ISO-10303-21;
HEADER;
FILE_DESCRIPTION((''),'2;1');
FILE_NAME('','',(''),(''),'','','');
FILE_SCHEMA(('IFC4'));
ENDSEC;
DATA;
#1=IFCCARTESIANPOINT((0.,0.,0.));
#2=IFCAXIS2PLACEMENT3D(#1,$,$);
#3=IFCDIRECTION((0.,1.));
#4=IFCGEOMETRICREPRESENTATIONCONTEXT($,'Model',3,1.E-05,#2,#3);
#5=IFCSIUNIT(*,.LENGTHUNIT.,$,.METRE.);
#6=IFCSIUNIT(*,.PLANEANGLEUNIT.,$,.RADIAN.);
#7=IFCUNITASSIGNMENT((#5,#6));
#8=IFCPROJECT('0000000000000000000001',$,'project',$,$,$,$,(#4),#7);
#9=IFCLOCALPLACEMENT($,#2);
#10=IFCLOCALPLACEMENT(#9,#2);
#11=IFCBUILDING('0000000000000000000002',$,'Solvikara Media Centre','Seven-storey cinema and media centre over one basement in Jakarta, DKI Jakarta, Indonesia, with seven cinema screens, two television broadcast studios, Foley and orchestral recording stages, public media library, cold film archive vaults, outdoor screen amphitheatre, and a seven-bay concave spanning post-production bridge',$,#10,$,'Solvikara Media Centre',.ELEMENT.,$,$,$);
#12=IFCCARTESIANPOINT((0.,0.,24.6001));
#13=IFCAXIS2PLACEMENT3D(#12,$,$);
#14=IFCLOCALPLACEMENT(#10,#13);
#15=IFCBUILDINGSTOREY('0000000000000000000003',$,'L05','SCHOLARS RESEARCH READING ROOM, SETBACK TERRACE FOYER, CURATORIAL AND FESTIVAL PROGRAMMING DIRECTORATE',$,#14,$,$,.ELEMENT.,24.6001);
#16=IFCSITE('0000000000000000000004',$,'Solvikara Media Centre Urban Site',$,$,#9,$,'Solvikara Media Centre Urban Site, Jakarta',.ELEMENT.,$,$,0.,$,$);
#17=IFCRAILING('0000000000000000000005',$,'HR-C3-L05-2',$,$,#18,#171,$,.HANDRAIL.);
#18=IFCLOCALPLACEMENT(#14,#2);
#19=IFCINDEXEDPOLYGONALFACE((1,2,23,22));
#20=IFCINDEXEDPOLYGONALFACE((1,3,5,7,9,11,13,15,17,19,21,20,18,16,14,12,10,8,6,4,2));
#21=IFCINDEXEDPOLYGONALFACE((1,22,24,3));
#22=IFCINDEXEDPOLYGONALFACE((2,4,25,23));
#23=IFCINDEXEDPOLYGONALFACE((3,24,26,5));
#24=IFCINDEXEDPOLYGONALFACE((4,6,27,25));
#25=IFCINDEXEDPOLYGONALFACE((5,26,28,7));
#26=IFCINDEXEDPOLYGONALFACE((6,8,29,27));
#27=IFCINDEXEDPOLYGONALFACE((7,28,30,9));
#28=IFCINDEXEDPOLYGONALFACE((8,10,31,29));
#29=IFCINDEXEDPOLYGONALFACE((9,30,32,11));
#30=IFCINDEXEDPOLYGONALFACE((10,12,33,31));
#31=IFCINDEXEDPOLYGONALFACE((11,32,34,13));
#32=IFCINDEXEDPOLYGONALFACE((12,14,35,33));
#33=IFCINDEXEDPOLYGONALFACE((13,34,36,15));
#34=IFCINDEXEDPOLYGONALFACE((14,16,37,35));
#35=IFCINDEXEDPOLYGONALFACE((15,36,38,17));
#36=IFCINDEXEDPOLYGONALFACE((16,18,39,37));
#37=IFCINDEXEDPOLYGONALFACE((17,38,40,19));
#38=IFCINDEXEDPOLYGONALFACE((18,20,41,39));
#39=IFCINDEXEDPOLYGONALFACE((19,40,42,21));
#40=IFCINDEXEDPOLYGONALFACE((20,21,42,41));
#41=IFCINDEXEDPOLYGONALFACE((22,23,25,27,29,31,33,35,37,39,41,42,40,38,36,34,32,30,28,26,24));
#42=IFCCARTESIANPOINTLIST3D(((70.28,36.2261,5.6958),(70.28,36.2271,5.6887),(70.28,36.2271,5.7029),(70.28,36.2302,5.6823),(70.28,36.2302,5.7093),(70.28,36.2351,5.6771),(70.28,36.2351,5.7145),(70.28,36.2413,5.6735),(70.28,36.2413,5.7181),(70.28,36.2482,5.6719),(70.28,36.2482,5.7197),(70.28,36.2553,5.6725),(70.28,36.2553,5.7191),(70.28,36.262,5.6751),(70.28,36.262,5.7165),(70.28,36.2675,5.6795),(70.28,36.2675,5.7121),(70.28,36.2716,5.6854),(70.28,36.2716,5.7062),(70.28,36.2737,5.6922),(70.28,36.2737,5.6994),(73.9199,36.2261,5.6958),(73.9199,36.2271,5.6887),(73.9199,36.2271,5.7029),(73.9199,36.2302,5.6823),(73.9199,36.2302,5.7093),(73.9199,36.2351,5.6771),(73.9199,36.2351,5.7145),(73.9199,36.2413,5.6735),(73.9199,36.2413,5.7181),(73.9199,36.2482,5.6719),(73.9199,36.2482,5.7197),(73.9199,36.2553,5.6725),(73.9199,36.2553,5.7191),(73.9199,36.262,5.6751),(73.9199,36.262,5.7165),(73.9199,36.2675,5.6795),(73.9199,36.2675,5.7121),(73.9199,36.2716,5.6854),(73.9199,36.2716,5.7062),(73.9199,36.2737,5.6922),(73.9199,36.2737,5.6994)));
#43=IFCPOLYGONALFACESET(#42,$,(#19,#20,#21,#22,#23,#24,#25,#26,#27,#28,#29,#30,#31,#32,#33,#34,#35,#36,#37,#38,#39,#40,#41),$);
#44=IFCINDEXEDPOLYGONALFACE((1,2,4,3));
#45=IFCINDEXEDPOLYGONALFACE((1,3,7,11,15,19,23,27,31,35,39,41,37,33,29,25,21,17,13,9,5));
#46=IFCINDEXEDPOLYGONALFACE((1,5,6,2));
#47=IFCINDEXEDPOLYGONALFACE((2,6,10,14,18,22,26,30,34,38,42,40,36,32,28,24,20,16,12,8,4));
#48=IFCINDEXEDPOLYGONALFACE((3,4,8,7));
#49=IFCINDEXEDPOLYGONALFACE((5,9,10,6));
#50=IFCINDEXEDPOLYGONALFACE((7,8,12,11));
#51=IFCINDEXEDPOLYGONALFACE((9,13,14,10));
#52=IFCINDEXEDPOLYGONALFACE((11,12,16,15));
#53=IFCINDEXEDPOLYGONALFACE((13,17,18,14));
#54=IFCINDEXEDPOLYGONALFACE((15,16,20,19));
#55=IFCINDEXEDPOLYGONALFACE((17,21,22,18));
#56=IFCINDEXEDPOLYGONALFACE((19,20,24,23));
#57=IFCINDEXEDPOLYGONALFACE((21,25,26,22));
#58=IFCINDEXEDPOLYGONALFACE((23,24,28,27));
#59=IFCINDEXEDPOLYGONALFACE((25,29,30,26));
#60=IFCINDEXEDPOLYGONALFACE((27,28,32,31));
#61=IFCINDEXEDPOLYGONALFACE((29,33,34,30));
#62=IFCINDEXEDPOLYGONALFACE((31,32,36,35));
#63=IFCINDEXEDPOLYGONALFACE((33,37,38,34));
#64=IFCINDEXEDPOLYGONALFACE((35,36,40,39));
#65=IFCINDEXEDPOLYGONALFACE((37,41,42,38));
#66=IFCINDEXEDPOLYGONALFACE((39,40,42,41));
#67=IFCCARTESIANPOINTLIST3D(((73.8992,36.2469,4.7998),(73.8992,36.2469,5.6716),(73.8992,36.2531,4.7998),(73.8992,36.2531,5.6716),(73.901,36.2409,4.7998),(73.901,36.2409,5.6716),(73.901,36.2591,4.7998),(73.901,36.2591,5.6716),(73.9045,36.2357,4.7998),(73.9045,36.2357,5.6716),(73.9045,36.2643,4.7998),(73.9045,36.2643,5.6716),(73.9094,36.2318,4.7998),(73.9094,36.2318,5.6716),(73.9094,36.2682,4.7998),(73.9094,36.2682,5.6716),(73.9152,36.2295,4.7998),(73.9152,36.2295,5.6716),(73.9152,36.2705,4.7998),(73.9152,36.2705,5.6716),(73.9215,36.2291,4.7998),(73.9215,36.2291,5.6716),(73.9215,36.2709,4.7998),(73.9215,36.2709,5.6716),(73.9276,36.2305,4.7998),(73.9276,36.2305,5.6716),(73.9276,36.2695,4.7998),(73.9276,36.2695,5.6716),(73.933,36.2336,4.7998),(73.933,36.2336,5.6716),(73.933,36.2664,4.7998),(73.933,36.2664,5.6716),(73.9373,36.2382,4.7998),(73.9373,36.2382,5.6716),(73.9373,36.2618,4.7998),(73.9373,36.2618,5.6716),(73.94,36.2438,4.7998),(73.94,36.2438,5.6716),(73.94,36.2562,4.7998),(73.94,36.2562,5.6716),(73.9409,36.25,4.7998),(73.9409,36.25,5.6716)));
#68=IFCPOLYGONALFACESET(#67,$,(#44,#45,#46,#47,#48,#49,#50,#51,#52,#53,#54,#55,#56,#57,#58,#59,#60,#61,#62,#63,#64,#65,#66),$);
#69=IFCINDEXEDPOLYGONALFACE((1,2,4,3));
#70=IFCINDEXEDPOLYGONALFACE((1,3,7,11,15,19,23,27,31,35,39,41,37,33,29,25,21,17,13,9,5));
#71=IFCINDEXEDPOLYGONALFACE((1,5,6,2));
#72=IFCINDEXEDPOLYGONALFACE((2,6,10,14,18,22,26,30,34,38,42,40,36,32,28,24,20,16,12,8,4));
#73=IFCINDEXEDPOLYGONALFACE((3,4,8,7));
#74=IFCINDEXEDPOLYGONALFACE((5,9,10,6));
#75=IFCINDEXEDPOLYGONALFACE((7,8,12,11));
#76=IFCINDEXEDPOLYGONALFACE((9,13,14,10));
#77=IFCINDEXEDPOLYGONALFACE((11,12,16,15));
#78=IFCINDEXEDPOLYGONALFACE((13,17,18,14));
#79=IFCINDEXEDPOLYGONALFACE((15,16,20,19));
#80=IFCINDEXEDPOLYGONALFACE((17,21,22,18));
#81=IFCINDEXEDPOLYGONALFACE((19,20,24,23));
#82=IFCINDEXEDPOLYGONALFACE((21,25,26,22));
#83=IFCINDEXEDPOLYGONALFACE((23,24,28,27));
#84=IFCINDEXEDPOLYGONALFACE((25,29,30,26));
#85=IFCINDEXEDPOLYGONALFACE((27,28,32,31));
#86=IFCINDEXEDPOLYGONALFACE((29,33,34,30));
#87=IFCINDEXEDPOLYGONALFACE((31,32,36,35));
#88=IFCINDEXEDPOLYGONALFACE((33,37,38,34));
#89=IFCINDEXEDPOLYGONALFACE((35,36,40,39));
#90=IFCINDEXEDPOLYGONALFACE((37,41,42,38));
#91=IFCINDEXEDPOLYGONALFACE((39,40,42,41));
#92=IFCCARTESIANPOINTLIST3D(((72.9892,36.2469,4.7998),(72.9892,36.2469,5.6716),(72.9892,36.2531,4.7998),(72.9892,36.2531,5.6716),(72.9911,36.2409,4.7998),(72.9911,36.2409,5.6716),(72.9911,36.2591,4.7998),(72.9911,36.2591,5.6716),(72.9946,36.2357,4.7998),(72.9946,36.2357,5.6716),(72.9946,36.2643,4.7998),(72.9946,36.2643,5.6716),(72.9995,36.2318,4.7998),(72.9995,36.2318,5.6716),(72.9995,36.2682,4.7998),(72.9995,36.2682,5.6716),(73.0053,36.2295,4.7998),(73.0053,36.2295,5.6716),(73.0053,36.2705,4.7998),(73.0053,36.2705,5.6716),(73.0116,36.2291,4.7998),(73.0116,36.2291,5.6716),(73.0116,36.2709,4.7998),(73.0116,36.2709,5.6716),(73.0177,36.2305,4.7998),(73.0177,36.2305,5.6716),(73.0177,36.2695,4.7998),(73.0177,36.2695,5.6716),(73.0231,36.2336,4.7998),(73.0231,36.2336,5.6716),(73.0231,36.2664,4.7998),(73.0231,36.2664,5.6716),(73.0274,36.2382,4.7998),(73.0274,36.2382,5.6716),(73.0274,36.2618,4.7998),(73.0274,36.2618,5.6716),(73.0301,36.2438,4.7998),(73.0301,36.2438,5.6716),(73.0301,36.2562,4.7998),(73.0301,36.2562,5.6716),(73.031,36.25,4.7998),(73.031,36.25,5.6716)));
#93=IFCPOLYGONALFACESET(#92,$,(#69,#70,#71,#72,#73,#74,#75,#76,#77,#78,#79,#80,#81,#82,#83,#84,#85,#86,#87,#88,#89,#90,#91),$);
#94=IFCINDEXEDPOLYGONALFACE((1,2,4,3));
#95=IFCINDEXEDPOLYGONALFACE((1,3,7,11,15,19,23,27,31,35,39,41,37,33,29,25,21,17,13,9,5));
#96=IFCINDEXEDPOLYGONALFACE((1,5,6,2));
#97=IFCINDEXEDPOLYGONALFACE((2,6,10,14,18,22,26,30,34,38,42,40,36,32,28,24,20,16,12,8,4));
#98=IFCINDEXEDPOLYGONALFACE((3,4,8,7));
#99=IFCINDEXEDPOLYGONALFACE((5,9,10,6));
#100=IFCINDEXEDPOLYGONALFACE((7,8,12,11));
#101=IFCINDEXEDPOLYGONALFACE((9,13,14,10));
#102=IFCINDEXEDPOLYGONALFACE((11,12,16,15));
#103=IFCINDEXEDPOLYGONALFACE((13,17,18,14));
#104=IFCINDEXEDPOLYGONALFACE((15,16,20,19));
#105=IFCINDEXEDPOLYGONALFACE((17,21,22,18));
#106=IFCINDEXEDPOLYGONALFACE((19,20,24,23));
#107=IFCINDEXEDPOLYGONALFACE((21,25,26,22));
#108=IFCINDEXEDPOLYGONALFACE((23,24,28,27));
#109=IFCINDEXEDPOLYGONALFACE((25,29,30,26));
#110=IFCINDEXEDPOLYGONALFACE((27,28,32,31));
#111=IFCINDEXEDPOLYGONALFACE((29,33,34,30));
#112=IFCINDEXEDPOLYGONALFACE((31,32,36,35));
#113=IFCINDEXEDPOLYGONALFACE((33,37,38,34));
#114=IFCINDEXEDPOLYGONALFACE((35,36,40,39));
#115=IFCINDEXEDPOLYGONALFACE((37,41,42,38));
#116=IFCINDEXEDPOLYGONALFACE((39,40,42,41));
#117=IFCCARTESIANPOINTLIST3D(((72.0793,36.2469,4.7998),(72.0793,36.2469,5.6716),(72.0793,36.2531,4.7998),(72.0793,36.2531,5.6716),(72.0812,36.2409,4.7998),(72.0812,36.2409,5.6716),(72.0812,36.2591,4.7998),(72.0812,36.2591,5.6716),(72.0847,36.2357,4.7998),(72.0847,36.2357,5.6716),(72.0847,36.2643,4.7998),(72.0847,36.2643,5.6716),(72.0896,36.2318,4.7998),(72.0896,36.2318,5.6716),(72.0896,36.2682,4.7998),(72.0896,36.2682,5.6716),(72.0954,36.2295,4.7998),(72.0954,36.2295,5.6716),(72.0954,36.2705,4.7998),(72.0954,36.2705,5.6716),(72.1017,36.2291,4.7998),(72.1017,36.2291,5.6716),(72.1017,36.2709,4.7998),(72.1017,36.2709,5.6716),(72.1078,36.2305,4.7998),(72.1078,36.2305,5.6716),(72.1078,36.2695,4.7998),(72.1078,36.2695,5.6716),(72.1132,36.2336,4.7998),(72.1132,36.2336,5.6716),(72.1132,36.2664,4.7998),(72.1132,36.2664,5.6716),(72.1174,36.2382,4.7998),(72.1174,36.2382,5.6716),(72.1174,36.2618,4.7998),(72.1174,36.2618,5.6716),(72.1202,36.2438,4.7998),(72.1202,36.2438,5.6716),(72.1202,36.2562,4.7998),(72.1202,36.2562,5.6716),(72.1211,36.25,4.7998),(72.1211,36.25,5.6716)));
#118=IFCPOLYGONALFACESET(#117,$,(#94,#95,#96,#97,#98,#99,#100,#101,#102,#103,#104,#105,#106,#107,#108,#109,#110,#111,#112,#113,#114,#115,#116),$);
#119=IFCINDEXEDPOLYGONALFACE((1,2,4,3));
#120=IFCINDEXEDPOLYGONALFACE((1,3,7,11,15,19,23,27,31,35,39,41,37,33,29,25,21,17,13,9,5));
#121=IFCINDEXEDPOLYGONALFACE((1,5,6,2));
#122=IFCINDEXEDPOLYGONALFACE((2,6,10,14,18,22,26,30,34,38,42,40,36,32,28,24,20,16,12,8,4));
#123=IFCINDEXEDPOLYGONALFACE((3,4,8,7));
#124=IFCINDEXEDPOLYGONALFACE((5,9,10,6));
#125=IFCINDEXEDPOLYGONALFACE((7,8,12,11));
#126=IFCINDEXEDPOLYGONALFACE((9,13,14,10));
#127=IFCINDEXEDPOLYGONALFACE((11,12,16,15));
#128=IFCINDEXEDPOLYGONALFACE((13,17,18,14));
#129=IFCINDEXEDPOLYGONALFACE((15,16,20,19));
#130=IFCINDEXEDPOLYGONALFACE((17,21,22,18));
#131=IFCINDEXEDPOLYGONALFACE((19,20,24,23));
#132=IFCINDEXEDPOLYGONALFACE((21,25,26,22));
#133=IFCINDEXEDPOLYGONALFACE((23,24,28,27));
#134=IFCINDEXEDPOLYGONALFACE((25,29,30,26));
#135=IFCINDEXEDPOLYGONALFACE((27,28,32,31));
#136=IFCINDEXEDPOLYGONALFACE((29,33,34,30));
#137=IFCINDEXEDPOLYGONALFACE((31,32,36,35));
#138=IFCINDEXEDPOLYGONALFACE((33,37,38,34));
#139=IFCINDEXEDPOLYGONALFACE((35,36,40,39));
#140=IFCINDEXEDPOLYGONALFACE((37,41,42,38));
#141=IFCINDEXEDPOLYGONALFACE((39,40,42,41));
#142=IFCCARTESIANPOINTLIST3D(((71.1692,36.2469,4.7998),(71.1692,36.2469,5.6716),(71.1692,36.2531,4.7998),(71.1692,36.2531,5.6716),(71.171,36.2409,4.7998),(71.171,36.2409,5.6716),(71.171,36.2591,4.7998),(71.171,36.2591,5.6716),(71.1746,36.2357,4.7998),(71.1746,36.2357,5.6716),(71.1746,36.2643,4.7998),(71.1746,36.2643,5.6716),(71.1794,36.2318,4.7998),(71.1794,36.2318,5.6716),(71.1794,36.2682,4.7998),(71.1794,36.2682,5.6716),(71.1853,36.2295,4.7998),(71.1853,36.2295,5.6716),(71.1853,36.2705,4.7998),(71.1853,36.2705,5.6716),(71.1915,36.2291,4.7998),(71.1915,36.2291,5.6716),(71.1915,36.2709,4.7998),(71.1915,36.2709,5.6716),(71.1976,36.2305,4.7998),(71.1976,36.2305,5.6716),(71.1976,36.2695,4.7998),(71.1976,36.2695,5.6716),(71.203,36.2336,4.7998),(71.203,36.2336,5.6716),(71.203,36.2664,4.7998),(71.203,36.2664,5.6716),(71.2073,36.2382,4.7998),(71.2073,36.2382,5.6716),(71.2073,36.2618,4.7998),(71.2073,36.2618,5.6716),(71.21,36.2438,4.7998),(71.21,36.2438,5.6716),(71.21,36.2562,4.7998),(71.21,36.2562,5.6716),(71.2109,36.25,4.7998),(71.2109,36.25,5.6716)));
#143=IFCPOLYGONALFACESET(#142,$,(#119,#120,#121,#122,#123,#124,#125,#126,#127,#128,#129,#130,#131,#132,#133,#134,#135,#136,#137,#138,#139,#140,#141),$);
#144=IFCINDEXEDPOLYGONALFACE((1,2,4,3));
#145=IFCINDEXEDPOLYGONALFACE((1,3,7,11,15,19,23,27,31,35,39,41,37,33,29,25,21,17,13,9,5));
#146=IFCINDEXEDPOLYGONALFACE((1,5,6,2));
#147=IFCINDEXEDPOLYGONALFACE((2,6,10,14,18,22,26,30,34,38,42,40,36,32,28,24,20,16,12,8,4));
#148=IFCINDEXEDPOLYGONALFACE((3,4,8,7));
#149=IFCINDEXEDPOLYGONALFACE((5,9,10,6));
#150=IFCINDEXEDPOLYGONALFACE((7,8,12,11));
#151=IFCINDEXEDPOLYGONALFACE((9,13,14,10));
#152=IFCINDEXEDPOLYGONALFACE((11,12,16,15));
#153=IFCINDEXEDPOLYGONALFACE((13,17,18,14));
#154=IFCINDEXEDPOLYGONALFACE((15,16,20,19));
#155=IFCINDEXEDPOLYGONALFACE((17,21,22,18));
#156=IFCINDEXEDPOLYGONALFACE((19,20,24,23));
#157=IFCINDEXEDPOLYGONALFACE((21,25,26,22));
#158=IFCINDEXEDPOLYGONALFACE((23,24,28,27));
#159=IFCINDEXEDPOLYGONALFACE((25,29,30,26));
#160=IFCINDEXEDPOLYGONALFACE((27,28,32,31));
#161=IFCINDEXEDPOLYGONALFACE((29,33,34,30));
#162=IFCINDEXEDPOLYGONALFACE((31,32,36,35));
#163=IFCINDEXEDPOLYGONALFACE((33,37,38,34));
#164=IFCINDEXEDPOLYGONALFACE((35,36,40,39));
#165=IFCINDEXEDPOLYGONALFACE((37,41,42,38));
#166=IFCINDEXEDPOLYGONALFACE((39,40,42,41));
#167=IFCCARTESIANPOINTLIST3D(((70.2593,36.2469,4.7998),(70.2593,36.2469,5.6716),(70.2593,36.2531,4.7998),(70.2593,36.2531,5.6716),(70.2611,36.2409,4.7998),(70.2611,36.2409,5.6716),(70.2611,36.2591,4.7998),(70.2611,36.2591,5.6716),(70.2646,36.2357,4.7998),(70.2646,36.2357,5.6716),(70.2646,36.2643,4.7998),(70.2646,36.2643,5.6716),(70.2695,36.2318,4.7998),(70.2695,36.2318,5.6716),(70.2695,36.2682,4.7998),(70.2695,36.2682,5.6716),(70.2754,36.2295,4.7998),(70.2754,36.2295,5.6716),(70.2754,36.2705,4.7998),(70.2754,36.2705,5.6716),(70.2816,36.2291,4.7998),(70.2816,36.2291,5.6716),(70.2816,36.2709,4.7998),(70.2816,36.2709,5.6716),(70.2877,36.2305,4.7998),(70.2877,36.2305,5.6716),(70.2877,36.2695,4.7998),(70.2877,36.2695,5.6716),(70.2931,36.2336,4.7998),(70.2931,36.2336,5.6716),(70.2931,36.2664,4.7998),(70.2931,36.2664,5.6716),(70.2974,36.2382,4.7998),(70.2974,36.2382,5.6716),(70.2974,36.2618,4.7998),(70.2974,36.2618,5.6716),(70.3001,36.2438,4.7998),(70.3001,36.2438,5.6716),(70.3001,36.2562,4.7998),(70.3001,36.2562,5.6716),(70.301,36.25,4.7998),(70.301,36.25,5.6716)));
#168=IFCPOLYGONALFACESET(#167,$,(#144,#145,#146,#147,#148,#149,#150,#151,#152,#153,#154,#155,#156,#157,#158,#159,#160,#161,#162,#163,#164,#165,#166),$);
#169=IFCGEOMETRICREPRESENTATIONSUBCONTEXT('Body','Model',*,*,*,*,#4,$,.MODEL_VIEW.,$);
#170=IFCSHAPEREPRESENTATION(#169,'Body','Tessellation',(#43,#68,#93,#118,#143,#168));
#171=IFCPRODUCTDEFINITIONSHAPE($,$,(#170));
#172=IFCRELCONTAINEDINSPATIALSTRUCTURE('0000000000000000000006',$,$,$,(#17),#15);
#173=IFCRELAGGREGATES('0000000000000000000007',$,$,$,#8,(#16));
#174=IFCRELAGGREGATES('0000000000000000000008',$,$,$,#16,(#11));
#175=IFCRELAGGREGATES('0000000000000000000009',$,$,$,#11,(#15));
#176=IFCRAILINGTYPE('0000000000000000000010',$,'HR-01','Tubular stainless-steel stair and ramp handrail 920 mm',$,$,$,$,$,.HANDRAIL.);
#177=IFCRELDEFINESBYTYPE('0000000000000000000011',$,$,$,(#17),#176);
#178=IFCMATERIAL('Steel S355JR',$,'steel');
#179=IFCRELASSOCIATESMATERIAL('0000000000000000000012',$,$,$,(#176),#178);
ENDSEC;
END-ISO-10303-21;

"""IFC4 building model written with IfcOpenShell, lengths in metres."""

from ifc_helpers import new_model, si_unit, direction, frame, origin, origin_2d, place, context, subcontext, project, spatial, circle, extrude, material, type_object, element, save


model = new_model("IFC4")

# Units and contexts
model_context = context("Model", 3, precision=1e-05, world=origin(), true_north=direction((0.0, 1.0)))
body_context = subcontext(model_context, "Body", "Model", "MODEL_VIEW")
ifc_project = project(units=[si_unit("LENGTHUNIT", "METRE"), si_unit("PLANEANGLEUNIT", "RADIAN")], contexts=[model_context])

# Site, building, storey
site_placement = place(None, origin())
site = spatial("IfcSite", under=ifc_project, at=site_placement, Name="Solvikara Media Centre Urban Site", LongName="Solvikara Media Centre Urban Site, Jakarta", CompositionType="ELEMENT", RefElevation=0.0)
building_placement = place(site_placement, origin())
building = spatial("IfcBuilding", under=site, at=building_placement, Name="Solvikara Media Centre", Description="Seven-storey cinema and media centre over one basement in Jakarta, DKI Jakarta, Indonesia, with seven cinema screens, two television broadcast studios, Foley and orchestral recording stages, public media library, cold film archive vaults, outdoor screen amphitheatre, and a seven-bay concave spanning post-production bridge", LongName="Solvikara Media Centre", CompositionType="ELEMENT")
storey_placement = place(building_placement, frame((0.0, 0.0, 24.6001)))
storey = spatial("IfcBuildingStorey", under=building, at=storey_placement, Name="L05", Description="SCHOLARS RESEARCH READING ROOM, SETBACK TERRACE FOYER, CURATORIAL AND FESTIVAL PROGRAMMING DIRECTORATE", CompositionType="ELEMENT", Elevation=24.6001)

# Shared definitions
ifc_material_1 = material(Name="Steel S355JR", Category="steel")

# Railing
railing_type = type_object("IfcRailingType", Name="HR-01", Description="Tubular stainless-steel stair and ramp handrail 920 mm", PredefinedType="HANDRAIL", material=ifc_material_1)
railing_placement = place(storey_placement, frame((73.9199, 36.25, 4.7998)))
element("IfcRailing", 1, at=railing_placement, inside=storey, type_object=railing_type, Name="HR-C3-L05-2", PredefinedType="HANDRAIL", context=body_context, shape_type="SweptSolid", body=[
    extrude(circle(Radius=0.0239, at=origin_2d()), frame((0.0, 0.0, 0.896), z_axis=(-1.0, 0.0, 0.0), x_axis=(0.0, -1.0, 0.0)), (0.0, 0.0, 1.0), 3.6399),
    extrude(circle(Radius=0.021, at=origin_2d()), origin(), (0.0, 0.0, 1.0), 0.8718),
    extrude(circle(Radius=0.021, at=origin_2d()), frame((-0.9099, 0.0, 0.0)), (0.0, 0.0, 1.0), 0.8718),
    extrude(circle(Radius=0.021, at=origin_2d()), frame((-1.8198, 0.0, 0.0)), (0.0, 0.0, 1.0), 0.8718),
    extrude(circle(Radius=0.021, at=origin_2d()), frame((-2.73, 0.0, 0.0)), (0.0, 0.0, 1.0), 0.8718),
    extrude(circle(Radius=0.021, at=origin_2d()), frame((-3.6399, 0.0, 0.0)), (0.0, 0.0, 1.0), 0.8718),
])

save(model, "model.ifc")
